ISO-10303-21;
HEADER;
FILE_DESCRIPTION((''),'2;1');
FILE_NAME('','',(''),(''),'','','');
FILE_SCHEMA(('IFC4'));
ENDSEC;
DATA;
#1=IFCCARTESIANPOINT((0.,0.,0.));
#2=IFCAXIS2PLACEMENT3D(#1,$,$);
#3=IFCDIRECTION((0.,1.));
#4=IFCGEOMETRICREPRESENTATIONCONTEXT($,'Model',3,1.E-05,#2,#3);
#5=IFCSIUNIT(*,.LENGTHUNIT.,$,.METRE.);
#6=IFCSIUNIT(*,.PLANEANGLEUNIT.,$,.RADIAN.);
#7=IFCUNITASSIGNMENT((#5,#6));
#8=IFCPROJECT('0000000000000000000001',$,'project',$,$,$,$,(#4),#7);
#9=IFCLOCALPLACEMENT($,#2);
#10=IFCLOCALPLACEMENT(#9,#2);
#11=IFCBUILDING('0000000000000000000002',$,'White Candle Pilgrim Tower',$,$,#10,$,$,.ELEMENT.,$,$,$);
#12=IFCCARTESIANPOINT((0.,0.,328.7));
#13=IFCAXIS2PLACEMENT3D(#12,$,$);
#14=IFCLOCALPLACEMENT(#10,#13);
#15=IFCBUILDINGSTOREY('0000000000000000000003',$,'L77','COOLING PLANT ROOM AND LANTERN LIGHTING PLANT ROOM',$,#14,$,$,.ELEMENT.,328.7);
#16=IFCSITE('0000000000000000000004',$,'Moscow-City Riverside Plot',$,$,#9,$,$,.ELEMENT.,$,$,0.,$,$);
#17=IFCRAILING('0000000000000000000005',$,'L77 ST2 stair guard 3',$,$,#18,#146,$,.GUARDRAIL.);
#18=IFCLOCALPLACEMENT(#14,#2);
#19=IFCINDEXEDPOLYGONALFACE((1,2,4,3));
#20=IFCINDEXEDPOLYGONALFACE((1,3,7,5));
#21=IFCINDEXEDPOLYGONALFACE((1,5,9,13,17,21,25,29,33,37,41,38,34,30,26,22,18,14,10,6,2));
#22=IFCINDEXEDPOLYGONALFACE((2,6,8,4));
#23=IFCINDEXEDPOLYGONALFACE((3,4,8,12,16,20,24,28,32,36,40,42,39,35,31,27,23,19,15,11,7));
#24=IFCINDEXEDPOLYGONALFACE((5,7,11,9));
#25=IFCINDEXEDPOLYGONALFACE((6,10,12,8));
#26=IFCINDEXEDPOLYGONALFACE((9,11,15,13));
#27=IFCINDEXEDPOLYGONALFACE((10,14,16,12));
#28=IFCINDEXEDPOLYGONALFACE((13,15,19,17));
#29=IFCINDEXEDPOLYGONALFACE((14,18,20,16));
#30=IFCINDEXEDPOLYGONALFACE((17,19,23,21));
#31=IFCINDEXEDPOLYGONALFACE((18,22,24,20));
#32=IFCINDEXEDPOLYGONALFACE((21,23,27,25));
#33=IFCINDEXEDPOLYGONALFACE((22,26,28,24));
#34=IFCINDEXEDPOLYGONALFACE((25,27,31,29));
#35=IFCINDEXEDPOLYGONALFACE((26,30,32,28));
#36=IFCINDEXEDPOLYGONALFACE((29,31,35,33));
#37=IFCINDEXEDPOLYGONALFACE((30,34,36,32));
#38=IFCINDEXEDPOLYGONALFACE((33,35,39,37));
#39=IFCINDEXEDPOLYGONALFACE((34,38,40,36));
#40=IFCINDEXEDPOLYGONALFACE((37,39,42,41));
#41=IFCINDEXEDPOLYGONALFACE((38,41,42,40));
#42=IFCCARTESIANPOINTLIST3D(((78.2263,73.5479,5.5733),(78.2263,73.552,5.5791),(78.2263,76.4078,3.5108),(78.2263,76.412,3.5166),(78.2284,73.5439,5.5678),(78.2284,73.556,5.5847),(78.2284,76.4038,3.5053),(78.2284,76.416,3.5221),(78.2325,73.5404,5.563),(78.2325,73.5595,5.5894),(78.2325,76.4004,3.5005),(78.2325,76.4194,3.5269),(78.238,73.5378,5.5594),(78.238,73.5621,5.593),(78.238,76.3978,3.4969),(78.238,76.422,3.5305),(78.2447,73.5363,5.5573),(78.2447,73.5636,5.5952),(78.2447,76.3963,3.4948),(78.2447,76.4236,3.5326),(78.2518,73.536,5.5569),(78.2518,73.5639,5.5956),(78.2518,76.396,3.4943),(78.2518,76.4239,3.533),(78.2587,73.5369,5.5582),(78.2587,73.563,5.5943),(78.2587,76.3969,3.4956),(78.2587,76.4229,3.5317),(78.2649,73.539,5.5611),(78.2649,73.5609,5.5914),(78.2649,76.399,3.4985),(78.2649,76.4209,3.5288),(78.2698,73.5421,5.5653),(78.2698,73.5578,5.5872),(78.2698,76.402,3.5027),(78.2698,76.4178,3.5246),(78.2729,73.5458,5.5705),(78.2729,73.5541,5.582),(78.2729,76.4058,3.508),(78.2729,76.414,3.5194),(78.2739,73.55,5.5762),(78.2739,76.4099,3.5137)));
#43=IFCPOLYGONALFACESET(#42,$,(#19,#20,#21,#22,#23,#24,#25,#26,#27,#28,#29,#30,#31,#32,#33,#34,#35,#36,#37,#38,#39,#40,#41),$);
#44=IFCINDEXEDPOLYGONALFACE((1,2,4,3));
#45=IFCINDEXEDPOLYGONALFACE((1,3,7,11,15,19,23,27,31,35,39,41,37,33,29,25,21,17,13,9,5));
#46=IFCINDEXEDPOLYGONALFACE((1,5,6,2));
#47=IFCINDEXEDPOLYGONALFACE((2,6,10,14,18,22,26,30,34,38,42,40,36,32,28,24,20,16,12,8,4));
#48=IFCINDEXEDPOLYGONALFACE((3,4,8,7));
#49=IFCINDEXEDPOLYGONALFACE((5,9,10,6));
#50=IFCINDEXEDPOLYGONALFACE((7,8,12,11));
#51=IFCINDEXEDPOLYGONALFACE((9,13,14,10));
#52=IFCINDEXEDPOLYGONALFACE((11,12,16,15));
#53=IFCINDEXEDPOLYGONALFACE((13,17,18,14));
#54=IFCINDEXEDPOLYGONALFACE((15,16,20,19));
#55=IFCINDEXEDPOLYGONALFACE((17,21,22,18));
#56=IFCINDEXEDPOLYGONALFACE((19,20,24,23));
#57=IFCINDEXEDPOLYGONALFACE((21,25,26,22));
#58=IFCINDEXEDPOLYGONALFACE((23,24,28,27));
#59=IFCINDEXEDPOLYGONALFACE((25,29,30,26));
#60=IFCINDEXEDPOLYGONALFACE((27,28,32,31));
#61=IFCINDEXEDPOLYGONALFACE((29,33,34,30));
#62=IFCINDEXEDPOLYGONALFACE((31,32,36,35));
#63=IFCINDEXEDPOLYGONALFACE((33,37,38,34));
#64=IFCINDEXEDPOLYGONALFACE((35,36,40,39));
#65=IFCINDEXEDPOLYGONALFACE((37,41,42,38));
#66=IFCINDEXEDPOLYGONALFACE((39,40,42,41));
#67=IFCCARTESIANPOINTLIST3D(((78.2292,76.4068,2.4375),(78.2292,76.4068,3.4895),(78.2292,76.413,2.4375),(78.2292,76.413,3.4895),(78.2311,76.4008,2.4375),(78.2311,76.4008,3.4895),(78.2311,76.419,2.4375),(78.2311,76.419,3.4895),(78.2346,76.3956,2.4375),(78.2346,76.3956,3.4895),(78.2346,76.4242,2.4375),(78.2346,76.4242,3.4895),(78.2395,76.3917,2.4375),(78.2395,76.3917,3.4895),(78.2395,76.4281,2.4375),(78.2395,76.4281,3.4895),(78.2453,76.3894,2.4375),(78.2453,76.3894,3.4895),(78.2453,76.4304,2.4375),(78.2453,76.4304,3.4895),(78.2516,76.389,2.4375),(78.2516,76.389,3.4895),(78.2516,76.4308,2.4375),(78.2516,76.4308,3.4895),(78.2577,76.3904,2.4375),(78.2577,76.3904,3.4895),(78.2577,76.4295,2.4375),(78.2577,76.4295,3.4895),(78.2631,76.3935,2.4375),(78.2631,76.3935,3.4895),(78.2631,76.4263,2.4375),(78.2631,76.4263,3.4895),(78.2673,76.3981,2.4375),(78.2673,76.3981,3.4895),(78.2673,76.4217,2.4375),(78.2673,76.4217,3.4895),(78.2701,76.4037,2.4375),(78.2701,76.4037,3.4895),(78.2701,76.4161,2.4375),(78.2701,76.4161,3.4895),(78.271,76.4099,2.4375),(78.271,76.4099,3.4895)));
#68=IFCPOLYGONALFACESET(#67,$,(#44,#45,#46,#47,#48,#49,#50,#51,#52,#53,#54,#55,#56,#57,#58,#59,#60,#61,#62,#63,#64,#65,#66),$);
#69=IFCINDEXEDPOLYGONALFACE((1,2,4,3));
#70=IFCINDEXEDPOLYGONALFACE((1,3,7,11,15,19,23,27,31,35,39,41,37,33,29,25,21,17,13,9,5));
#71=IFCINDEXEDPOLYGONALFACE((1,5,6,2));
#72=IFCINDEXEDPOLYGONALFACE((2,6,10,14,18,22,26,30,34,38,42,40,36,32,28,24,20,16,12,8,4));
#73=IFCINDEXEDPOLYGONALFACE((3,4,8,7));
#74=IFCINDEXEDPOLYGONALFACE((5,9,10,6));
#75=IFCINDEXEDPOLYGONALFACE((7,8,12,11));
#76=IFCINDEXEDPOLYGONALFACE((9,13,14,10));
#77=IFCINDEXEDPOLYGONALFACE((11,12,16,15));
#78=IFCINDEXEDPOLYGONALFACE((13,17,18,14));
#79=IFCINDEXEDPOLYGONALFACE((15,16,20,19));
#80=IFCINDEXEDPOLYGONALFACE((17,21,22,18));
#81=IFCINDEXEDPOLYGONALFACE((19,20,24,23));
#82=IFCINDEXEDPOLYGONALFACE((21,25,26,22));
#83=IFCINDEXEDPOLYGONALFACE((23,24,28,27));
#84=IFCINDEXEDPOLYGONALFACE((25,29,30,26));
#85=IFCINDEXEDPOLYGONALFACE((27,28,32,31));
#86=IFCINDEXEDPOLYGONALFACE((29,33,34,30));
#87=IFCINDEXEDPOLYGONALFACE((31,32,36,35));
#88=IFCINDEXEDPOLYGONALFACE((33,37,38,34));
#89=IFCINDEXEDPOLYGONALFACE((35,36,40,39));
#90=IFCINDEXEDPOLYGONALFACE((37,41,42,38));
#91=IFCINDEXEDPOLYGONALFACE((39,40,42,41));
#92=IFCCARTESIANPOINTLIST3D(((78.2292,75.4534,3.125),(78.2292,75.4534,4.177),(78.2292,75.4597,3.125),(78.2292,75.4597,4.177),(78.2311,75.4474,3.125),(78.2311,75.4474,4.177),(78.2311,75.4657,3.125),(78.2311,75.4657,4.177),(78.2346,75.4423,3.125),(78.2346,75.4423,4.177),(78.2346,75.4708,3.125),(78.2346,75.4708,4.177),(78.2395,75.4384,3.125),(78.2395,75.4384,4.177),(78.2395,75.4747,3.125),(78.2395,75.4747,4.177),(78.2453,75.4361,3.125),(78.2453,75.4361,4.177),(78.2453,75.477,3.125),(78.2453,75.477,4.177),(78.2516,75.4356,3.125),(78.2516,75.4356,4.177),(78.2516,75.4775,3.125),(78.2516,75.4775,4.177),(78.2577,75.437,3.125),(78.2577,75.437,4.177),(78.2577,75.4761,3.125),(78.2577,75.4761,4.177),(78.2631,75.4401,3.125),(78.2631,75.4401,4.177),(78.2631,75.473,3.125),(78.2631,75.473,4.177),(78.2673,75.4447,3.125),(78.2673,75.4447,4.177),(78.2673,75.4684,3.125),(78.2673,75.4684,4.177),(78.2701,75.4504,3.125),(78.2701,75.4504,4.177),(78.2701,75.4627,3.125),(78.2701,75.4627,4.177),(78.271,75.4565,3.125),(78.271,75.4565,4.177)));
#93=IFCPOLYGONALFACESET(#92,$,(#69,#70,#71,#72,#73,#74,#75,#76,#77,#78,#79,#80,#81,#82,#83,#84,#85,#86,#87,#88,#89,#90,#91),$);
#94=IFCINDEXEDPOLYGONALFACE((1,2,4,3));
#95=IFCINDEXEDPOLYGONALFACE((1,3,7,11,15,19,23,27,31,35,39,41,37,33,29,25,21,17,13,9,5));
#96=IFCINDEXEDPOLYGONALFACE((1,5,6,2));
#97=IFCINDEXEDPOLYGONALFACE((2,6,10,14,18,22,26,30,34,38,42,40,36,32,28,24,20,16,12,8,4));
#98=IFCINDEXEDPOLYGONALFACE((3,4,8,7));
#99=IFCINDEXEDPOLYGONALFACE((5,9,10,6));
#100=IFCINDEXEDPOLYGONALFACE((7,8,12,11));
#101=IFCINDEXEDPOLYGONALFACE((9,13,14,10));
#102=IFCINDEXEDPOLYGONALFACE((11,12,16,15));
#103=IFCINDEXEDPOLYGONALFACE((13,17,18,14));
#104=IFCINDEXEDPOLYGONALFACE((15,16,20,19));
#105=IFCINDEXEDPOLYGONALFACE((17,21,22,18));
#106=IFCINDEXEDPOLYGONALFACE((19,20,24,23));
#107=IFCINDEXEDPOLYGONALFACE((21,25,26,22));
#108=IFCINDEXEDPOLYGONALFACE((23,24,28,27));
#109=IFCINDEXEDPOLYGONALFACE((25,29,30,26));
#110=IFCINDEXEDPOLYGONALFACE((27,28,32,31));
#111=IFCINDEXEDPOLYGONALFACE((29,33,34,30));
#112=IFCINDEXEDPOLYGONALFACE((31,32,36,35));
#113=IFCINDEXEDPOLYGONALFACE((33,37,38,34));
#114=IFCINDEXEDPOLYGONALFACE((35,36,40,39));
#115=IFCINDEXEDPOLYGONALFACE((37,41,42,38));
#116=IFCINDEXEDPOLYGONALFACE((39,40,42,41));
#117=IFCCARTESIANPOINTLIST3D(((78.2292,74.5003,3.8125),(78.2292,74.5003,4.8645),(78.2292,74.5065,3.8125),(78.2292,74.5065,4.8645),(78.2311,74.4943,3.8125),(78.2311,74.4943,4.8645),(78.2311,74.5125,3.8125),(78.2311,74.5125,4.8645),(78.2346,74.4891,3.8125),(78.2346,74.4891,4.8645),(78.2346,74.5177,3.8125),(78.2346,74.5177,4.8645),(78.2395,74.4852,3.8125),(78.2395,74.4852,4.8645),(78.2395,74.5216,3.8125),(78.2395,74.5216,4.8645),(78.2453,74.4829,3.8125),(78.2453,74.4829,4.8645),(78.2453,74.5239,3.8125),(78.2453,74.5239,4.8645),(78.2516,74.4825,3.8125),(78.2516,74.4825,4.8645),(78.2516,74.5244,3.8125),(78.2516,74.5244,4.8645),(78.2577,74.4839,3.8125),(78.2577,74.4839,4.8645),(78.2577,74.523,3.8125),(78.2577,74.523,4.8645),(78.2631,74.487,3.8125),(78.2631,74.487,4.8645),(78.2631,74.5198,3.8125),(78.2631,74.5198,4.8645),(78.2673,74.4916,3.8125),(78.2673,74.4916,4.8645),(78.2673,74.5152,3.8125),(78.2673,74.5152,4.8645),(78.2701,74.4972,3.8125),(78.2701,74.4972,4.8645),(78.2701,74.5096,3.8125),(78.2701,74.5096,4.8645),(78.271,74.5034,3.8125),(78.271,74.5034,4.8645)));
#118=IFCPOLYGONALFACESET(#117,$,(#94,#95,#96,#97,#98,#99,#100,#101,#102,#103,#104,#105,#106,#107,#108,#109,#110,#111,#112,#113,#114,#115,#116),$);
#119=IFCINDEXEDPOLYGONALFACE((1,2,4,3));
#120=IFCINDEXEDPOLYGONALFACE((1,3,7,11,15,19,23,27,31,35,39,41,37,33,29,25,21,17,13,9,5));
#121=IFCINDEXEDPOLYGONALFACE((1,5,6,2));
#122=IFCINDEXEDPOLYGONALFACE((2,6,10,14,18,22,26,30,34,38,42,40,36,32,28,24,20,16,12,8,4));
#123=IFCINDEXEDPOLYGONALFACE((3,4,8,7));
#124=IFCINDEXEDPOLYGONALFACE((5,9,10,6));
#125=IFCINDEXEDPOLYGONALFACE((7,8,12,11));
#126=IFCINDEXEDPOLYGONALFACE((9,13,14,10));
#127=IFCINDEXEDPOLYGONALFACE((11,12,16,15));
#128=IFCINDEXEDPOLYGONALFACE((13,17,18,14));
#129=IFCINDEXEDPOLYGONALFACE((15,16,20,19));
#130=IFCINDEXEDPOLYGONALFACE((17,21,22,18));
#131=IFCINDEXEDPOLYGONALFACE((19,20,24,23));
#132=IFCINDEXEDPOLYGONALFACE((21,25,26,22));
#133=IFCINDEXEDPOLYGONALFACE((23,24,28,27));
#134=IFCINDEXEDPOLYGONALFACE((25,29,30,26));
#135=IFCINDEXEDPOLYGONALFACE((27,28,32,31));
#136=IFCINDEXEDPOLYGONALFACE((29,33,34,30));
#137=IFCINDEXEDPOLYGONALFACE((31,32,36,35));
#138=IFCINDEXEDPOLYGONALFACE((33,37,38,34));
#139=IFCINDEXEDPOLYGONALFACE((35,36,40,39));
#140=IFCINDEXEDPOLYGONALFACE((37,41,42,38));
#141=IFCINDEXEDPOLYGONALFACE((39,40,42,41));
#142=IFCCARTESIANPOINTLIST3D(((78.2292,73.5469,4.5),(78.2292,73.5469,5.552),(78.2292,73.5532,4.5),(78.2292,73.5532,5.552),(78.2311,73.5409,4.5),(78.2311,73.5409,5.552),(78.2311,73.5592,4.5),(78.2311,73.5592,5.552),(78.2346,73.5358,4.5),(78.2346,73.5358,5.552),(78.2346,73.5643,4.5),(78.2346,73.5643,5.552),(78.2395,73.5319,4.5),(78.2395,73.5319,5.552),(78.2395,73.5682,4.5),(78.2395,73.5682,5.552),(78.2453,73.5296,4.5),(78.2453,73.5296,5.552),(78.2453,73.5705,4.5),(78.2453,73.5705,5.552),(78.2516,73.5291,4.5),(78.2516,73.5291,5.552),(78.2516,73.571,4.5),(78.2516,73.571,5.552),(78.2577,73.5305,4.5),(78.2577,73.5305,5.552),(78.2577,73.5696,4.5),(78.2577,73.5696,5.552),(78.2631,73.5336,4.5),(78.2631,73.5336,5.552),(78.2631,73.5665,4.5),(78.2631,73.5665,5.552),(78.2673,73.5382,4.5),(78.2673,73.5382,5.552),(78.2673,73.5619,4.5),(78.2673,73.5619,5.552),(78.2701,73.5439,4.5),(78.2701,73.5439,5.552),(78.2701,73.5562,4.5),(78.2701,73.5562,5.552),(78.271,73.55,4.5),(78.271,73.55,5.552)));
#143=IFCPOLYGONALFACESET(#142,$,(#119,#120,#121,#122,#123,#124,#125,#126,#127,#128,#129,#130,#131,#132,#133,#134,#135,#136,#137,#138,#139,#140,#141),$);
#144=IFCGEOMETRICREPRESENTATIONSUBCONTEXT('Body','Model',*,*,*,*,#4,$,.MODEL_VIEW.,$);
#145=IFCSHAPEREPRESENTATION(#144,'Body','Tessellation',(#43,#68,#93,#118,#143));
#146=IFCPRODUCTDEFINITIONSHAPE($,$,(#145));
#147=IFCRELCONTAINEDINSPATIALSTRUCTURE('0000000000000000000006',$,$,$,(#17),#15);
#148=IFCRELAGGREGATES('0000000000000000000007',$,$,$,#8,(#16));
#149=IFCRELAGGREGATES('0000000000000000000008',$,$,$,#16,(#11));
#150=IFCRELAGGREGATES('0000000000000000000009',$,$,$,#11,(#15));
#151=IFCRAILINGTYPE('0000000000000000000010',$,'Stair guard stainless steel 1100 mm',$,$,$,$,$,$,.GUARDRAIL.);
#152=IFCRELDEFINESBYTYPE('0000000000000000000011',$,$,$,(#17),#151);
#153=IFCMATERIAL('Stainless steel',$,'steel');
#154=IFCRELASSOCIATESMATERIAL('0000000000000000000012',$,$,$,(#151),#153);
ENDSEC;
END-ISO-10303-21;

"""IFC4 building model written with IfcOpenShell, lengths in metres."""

from ifc_helpers import new_model, si_unit, direction, frame, origin, origin_2d, place, context, subcontext, project, spatial, circle, extrude, material, type_object, element, save


model = new_model("IFC4")

# Units and contexts
model_context = context("Model", 3, precision=1e-05, world=origin(), true_north=direction((0.0, 1.0)))
body_context = subcontext(model_context, "Body", "Model", "MODEL_VIEW")
ifc_project = project(units=[si_unit("LENGTHUNIT", "METRE"), si_unit("PLANEANGLEUNIT", "RADIAN")], contexts=[model_context])

# Site, building, storey
site_placement = place(None, origin())
site = spatial("IfcSite", under=ifc_project, at=site_placement, Name="Moscow-City Riverside Plot", CompositionType="ELEMENT", RefElevation=0.0)
building_placement = place(site_placement, origin())
building = spatial("IfcBuilding", under=site, at=building_placement, Name="White Candle Pilgrim Tower", CompositionType="ELEMENT")
storey_placement = place(building_placement, frame((0.0, 0.0, 328.7)))
storey = spatial("IfcBuildingStorey", under=building, at=storey_placement, Name="L77", Description="COOLING PLANT ROOM AND LANTERN LIGHTING PLANT ROOM", CompositionType="ELEMENT", Elevation=328.7)

# Railing
ifc_material_1 = material(Name="Stainless steel", Category="steel")
railing_type_1 = type_object("IfcRailingType", Name="Stair guard stainless steel 1100 mm", PredefinedType="GUARDRAIL", material=ifc_material_1)
railing_1_placement = place(storey_placement, frame((78.25, 76.4099, 2.4375)))
element("IfcRailing", 1, at=railing_1_placement, inside=storey, type_object=railing_type_1, Name="L77 ST2 stair guard 3", PredefinedType="GUARDRAIL", context=body_context, shape_type="SweptSolid", body=[
    extrude(circle(Radius=0.0239, at=origin_2d()), frame((0.0, 0.0, 1.0762), z_axis=(0.0, -0.811077, 0.584939), x_axis=(1.0, 0.0, 0.0)), (0.0, 0.0, 1.0), 3.5261),
    extrude(circle(Radius=0.021, at=origin_2d()), origin(), (0.0, 0.0, 1.0), 1.052),
    extrude(circle(Radius=0.021, at=origin_2d()), frame((0.0, -0.9534, 0.6875)), (0.0, 0.0, 1.0), 1.052),
    extrude(circle(Radius=0.021, at=origin_2d()), frame((0.0, -1.9065, 1.375)), (0.0, 0.0, 1.0), 1.052),
    extrude(circle(Radius=0.021, at=origin_2d()), frame((0.0, -2.8599, 2.0625)), (0.0, 0.0, 1.0), 1.052),
])

save(model, "model.ifc")
